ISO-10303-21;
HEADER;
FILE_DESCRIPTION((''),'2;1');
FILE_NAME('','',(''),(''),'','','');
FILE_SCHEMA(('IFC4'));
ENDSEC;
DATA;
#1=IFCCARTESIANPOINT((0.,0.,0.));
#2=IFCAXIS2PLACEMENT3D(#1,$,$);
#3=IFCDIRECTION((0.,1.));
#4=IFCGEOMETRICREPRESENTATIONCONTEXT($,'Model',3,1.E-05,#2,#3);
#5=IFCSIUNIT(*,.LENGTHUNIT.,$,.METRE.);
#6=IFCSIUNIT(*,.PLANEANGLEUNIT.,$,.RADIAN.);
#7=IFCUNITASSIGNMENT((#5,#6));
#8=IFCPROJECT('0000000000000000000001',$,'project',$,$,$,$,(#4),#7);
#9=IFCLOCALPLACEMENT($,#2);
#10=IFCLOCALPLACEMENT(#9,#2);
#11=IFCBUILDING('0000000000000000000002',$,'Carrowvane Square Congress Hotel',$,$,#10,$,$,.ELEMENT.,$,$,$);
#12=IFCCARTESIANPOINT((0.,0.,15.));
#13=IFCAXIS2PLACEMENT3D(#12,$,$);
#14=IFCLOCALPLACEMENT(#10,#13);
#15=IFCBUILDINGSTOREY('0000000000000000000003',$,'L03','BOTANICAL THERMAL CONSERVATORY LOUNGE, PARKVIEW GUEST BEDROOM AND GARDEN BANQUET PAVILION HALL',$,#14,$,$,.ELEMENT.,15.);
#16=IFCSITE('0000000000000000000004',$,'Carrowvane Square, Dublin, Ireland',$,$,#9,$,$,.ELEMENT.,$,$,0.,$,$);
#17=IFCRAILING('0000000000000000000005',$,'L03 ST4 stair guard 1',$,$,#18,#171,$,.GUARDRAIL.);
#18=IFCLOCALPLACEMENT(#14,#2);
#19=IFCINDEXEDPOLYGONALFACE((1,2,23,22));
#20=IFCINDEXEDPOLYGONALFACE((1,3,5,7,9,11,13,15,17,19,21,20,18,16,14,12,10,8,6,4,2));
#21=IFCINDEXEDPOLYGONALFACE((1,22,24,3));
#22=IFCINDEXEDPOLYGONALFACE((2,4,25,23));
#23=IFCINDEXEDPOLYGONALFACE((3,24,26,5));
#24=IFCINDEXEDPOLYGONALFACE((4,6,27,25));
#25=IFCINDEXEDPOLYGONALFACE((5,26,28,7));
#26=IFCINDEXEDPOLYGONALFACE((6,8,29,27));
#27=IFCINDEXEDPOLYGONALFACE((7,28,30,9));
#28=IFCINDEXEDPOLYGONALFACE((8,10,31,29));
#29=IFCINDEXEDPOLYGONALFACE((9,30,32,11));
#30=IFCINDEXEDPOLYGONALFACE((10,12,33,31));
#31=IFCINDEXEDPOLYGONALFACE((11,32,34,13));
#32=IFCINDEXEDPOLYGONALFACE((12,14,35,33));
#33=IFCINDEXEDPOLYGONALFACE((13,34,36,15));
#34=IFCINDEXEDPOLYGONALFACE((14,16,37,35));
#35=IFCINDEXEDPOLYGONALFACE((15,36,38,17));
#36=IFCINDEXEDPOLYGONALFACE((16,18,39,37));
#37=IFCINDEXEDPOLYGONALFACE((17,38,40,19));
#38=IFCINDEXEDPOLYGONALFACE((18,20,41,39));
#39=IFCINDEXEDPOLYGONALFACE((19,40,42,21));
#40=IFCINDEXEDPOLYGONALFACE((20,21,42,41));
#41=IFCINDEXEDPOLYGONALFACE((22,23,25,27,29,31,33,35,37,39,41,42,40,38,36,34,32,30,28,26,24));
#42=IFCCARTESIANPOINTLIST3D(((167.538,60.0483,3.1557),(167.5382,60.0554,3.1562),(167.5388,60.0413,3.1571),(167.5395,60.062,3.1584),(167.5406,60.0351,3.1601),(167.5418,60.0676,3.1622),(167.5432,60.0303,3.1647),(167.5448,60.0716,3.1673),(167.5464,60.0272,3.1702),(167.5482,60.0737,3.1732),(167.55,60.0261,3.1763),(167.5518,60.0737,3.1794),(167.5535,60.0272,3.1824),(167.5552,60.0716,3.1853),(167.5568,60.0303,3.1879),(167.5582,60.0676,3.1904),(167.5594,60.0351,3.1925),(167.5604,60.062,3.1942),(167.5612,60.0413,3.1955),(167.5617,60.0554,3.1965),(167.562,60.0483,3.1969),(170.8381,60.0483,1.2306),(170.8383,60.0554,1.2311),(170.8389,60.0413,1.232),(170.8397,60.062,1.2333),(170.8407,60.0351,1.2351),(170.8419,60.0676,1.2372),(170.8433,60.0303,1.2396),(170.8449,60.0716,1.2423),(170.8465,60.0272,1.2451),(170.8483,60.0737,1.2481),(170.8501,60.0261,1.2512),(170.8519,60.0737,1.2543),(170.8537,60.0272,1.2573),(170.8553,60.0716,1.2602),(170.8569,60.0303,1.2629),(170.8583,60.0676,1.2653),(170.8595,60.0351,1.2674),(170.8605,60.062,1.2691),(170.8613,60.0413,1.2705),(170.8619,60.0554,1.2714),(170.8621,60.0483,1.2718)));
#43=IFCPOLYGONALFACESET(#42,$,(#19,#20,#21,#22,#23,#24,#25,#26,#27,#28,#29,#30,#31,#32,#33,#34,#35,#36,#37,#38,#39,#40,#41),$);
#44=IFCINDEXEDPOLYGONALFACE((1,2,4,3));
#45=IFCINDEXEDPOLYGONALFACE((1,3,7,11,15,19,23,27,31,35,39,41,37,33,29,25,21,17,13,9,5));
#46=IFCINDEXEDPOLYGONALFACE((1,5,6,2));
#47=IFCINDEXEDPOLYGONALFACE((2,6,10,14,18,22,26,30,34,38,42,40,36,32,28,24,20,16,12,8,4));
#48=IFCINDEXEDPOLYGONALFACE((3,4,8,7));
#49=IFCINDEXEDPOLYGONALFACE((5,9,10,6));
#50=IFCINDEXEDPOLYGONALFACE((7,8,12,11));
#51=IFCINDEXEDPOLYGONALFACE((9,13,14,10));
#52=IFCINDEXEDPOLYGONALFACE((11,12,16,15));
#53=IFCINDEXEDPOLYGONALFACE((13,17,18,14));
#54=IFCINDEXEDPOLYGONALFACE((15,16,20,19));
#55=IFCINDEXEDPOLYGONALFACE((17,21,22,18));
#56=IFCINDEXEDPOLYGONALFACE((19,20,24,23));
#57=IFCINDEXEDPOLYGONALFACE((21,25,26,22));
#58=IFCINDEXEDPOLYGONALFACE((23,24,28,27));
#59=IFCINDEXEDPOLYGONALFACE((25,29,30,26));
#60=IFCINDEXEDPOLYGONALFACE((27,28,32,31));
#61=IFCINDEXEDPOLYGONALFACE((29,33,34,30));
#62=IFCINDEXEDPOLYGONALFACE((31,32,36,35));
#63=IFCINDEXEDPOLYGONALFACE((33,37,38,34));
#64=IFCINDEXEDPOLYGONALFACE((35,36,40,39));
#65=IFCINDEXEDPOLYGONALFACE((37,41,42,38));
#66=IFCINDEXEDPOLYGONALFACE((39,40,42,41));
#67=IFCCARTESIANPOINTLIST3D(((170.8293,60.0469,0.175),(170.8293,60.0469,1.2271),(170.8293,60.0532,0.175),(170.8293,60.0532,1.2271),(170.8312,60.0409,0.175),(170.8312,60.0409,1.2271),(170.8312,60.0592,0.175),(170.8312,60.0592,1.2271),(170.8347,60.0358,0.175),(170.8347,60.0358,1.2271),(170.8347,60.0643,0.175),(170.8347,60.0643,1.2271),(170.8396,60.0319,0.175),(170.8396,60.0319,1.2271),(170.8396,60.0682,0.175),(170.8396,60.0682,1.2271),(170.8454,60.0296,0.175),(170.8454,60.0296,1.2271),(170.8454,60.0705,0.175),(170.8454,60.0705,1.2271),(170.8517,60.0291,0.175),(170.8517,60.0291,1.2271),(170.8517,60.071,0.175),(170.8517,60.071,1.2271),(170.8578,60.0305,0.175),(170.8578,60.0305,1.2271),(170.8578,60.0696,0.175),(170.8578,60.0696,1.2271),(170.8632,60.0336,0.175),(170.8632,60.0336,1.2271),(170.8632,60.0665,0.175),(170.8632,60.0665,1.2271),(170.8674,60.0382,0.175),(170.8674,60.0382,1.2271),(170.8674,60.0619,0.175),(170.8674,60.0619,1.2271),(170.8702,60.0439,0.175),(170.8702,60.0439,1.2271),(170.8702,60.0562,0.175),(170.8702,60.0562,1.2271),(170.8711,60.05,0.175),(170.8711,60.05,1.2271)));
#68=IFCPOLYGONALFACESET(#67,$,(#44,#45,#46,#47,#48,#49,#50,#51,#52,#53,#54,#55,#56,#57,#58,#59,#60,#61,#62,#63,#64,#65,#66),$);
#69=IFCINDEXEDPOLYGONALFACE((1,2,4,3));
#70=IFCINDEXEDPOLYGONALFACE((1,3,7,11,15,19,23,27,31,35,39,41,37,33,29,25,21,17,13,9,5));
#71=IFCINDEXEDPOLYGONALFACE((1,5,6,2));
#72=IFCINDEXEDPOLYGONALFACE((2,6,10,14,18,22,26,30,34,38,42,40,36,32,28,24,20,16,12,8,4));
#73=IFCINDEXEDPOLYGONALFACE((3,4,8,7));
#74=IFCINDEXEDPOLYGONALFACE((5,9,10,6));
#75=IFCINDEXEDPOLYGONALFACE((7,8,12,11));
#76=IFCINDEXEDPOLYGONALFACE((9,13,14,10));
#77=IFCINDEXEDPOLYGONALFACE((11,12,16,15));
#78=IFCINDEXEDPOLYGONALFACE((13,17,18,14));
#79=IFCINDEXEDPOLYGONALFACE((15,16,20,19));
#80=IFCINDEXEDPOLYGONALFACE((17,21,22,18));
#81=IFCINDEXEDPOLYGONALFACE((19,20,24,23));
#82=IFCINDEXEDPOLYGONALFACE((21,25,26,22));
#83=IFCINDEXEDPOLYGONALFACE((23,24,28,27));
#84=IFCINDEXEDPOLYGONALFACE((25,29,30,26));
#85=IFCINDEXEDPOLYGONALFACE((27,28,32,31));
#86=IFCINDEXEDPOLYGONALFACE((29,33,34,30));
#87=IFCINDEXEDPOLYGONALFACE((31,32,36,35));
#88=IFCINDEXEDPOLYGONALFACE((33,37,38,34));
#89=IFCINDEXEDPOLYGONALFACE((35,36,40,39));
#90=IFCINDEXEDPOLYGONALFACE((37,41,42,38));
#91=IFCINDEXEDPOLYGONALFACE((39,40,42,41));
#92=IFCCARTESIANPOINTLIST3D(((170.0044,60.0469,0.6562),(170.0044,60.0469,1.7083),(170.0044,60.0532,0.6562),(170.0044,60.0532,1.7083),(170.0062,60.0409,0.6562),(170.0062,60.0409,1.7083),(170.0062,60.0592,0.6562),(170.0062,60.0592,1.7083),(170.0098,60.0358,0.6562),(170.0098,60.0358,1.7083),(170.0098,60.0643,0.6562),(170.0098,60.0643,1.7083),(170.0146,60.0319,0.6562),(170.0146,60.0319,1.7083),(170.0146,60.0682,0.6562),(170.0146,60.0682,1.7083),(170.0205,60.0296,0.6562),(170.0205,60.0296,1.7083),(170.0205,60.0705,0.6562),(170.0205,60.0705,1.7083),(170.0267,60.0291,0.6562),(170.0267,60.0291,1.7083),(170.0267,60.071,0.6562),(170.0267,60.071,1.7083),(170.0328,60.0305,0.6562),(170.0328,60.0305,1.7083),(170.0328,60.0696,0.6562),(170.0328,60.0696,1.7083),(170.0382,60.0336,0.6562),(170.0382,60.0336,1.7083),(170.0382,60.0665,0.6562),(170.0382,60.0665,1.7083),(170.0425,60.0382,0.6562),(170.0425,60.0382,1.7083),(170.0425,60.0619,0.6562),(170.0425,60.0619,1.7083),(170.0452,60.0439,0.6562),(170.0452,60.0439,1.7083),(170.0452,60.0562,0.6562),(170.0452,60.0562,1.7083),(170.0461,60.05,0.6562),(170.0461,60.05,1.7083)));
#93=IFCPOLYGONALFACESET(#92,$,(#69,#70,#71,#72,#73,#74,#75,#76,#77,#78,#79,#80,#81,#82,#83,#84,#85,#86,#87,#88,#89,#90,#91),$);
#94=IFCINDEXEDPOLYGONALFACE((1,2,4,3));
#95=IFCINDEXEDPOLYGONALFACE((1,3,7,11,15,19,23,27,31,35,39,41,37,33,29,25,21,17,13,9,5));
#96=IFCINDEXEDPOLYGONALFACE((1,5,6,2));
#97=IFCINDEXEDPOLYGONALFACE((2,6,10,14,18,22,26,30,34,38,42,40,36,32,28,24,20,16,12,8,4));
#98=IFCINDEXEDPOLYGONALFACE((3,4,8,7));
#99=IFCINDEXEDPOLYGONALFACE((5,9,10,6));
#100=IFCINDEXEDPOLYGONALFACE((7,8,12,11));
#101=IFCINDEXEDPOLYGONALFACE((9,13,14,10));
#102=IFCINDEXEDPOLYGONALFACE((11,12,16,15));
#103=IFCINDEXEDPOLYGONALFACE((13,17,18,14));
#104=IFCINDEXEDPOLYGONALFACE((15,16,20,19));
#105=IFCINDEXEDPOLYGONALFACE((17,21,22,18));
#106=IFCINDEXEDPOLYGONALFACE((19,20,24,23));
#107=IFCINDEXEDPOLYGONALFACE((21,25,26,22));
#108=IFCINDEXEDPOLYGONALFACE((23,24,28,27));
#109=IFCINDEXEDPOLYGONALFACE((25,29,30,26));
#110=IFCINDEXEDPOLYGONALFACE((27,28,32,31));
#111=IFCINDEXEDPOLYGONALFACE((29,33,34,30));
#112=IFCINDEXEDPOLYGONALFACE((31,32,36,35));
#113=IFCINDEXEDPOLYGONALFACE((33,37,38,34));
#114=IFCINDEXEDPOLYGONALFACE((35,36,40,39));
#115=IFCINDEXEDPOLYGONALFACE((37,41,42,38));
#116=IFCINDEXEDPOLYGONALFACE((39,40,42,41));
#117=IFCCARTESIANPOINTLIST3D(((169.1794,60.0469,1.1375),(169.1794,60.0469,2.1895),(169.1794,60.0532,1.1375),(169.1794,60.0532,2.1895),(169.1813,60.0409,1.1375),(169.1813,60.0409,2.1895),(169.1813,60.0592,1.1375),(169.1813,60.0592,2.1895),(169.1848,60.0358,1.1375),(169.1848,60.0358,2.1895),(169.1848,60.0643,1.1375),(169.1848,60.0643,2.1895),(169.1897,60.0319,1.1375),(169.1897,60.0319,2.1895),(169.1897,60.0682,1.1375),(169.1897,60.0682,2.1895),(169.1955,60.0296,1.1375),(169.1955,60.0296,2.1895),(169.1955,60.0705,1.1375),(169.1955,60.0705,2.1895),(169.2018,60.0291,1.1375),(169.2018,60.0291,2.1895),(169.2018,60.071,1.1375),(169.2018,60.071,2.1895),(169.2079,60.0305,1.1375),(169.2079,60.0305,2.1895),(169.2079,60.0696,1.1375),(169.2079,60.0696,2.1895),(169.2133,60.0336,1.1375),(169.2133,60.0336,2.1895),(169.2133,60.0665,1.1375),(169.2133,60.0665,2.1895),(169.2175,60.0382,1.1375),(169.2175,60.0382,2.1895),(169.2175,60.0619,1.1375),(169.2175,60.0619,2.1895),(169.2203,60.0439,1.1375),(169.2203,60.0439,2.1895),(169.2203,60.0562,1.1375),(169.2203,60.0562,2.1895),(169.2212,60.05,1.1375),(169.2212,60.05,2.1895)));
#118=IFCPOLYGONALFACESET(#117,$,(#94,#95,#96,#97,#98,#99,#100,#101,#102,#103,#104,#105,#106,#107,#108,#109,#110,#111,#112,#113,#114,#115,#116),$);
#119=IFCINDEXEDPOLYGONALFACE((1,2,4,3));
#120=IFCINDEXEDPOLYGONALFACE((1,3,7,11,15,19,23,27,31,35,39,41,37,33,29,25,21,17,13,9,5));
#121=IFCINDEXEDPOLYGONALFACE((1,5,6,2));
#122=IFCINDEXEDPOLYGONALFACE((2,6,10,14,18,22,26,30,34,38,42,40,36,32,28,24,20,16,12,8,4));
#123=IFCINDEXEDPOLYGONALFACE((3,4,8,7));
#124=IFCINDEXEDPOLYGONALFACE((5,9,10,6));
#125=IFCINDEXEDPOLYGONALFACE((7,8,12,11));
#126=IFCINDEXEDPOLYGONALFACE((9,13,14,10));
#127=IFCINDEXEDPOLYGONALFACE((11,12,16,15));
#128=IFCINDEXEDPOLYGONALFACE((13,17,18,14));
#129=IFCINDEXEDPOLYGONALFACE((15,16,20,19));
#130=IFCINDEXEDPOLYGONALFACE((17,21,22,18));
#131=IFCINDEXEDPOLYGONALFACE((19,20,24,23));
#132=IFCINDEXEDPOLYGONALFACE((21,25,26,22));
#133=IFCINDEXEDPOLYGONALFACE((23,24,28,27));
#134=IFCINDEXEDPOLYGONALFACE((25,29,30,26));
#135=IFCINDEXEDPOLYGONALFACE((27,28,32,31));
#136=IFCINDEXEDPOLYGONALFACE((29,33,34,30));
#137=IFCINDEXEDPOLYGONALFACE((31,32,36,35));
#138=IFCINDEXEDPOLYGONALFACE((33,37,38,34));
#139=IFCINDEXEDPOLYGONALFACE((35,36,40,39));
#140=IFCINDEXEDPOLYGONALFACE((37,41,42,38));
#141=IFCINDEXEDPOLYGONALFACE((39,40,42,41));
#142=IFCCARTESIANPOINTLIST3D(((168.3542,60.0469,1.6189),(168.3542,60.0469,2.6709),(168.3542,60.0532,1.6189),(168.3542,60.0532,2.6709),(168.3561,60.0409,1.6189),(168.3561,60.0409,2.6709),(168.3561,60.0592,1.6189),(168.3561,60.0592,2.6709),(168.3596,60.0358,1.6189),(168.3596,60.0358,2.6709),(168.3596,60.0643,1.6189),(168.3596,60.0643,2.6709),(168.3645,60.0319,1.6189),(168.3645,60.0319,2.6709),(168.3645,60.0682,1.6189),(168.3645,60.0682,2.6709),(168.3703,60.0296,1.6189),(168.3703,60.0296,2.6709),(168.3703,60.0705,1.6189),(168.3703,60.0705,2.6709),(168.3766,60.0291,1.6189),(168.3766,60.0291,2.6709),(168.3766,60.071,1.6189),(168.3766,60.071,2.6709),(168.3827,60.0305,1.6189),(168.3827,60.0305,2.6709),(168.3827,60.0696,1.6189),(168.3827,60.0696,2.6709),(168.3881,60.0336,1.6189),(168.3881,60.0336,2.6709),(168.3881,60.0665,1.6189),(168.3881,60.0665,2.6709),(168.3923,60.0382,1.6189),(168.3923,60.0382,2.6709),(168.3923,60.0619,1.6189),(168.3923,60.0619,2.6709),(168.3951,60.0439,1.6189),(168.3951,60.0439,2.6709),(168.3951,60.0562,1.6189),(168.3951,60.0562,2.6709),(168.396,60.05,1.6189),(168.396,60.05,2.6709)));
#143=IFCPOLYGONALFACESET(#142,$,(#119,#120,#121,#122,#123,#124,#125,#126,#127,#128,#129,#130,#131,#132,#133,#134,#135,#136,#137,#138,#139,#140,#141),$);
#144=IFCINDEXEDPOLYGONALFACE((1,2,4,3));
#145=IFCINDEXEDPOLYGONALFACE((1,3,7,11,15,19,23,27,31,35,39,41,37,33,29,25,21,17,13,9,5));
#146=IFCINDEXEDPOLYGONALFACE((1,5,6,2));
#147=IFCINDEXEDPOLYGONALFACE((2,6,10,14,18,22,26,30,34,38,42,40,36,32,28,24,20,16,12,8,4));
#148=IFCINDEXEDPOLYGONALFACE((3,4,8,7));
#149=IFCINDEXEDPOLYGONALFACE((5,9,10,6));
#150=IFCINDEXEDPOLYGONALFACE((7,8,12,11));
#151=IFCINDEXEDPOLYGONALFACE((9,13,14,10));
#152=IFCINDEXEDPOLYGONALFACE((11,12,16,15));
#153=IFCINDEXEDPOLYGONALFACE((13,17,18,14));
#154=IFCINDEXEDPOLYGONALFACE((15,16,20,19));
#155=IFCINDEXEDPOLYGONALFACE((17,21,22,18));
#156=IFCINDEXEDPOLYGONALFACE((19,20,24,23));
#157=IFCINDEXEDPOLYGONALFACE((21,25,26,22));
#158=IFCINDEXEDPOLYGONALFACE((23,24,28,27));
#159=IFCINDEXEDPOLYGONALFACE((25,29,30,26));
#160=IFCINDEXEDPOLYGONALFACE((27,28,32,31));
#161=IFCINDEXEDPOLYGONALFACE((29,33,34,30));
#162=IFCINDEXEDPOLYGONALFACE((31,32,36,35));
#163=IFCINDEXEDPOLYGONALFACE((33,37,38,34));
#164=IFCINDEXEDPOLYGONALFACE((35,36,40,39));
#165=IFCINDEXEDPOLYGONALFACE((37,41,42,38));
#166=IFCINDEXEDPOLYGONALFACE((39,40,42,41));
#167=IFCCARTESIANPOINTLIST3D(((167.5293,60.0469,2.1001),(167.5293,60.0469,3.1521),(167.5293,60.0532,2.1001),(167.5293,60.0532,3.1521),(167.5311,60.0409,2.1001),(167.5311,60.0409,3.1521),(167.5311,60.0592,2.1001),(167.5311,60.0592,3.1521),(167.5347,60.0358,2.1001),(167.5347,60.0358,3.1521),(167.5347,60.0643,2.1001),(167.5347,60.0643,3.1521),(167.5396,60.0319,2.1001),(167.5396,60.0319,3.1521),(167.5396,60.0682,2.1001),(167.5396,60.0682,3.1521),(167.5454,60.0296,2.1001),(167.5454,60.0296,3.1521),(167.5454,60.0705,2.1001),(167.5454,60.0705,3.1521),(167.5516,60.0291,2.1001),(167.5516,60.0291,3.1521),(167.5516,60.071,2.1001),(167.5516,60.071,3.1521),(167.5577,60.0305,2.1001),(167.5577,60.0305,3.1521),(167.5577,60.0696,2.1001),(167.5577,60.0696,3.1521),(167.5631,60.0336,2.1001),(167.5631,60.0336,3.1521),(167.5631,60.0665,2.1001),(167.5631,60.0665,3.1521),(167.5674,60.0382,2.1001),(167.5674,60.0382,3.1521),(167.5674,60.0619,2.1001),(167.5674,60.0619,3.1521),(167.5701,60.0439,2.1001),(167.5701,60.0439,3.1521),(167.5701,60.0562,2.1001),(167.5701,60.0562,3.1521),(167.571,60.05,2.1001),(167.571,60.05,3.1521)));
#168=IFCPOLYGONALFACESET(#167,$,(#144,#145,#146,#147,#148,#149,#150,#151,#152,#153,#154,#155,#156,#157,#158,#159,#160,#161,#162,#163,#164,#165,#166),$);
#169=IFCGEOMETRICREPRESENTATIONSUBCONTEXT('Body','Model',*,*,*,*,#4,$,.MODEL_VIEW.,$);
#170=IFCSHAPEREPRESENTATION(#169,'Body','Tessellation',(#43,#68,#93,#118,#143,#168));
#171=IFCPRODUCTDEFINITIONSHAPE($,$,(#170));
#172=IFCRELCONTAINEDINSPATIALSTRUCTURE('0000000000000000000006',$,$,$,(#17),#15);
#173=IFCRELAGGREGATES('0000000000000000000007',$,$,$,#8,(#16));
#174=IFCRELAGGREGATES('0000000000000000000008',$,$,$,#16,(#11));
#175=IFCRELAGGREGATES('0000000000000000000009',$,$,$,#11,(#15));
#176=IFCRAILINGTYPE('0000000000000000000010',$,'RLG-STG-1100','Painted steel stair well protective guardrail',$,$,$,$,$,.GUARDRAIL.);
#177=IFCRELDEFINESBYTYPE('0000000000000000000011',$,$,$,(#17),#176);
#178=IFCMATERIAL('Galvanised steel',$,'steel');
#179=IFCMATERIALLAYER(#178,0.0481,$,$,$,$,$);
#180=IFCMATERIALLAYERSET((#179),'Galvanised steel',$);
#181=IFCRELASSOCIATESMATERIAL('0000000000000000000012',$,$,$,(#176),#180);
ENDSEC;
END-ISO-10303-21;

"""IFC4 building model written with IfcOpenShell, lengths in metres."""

from ifc_helpers import new_model, si_unit, direction, frame, origin, origin_2d, place, context, subcontext, project, spatial, circle, extrude, material, layer, layer_set, type_object, element, save


model = new_model("IFC4")

# Units and contexts
model_context = context("Model", 3, precision=1e-05, world=origin(), true_north=direction((0.0, 1.0)))
body_context = subcontext(model_context, "Body", "Model", "MODEL_VIEW")
ifc_project = project(units=[si_unit("LENGTHUNIT", "METRE"), si_unit("PLANEANGLEUNIT", "RADIAN")], contexts=[model_context])

# Site, building, storey
site_placement = place(None, origin())
site = spatial("IfcSite", under=ifc_project, at=site_placement, Name="Carrowvane Square, Dublin, Ireland", CompositionType="ELEMENT", RefElevation=0.0)
building_placement = place(site_placement, origin())
building = spatial("IfcBuilding", under=site, at=building_placement, Name="Carrowvane Square Congress Hotel", CompositionType="ELEMENT")
storey_placement = place(building_placement, frame((0.0, 0.0, 15.0)))
storey = spatial("IfcBuildingStorey", under=building, at=storey_placement, Name="L03", Description="BOTANICAL THERMAL CONSERVATORY LOUNGE, PARKVIEW GUEST BEDROOM AND GARDEN BANQUET PAVILION HALL", CompositionType="ELEMENT", Elevation=15.0)

# Railing
ifc_material_1 = material(Name="Galvanised steel", Category="steel")
ifc_layer_1 = layer(ifc_material_1, 0.0481)
ifc_layer_set_1 = layer_set([ifc_layer_1], Name="Galvanised steel")
railing_type_1 = type_object("IfcRailingType", Name="RLG-STG-1100", Description="Painted steel stair well protective guardrail", PredefinedType="GUARDRAIL", material=ifc_layer_set_1)
railing_1_placement = place(storey_placement, frame((170.8501, 60.05, 0.175)))
element("IfcRailing", 1, at=railing_1_placement, inside=storey, type_object=railing_type_1, Name="L03 ST4 stair guard 1", PredefinedType="GUARDRAIL", context=body_context, shape_type="SweptSolid", body=[
    extrude(circle(Radius=0.0239, at=origin_2d()), frame((0.0, 0.0, 1.0762), z_axis=(-0.863777, 0.0, 0.503875), x_axis=(0.0, -1.0, 0.0)), (0.0, 0.0, 1.0), 3.8206),
    extrude(circle(Radius=0.021, at=origin_2d()), origin(), (0.0, 0.0, 1.0), 1.052),
    extrude(circle(Radius=0.021, at=origin_2d()), frame((-0.825, 0.0, 0.4812)), (0.0, 0.0, 1.0), 1.052),
    extrude(circle(Radius=0.021, at=origin_2d()), frame((-1.6499, 0.0, 0.9624)), (0.0, 0.0, 1.0), 1.052),
    extrude(circle(Radius=0.021, at=origin_2d()), frame((-2.4751, 0.0, 1.4438)), (0.0, 0.0, 1.0), 1.052),
    extrude(circle(Radius=0.021, at=origin_2d()), frame((-3.3, 0.0, 1.925)), (0.0, 0.0, 1.0), 1.052),
])

save(model, "model.ifc")
